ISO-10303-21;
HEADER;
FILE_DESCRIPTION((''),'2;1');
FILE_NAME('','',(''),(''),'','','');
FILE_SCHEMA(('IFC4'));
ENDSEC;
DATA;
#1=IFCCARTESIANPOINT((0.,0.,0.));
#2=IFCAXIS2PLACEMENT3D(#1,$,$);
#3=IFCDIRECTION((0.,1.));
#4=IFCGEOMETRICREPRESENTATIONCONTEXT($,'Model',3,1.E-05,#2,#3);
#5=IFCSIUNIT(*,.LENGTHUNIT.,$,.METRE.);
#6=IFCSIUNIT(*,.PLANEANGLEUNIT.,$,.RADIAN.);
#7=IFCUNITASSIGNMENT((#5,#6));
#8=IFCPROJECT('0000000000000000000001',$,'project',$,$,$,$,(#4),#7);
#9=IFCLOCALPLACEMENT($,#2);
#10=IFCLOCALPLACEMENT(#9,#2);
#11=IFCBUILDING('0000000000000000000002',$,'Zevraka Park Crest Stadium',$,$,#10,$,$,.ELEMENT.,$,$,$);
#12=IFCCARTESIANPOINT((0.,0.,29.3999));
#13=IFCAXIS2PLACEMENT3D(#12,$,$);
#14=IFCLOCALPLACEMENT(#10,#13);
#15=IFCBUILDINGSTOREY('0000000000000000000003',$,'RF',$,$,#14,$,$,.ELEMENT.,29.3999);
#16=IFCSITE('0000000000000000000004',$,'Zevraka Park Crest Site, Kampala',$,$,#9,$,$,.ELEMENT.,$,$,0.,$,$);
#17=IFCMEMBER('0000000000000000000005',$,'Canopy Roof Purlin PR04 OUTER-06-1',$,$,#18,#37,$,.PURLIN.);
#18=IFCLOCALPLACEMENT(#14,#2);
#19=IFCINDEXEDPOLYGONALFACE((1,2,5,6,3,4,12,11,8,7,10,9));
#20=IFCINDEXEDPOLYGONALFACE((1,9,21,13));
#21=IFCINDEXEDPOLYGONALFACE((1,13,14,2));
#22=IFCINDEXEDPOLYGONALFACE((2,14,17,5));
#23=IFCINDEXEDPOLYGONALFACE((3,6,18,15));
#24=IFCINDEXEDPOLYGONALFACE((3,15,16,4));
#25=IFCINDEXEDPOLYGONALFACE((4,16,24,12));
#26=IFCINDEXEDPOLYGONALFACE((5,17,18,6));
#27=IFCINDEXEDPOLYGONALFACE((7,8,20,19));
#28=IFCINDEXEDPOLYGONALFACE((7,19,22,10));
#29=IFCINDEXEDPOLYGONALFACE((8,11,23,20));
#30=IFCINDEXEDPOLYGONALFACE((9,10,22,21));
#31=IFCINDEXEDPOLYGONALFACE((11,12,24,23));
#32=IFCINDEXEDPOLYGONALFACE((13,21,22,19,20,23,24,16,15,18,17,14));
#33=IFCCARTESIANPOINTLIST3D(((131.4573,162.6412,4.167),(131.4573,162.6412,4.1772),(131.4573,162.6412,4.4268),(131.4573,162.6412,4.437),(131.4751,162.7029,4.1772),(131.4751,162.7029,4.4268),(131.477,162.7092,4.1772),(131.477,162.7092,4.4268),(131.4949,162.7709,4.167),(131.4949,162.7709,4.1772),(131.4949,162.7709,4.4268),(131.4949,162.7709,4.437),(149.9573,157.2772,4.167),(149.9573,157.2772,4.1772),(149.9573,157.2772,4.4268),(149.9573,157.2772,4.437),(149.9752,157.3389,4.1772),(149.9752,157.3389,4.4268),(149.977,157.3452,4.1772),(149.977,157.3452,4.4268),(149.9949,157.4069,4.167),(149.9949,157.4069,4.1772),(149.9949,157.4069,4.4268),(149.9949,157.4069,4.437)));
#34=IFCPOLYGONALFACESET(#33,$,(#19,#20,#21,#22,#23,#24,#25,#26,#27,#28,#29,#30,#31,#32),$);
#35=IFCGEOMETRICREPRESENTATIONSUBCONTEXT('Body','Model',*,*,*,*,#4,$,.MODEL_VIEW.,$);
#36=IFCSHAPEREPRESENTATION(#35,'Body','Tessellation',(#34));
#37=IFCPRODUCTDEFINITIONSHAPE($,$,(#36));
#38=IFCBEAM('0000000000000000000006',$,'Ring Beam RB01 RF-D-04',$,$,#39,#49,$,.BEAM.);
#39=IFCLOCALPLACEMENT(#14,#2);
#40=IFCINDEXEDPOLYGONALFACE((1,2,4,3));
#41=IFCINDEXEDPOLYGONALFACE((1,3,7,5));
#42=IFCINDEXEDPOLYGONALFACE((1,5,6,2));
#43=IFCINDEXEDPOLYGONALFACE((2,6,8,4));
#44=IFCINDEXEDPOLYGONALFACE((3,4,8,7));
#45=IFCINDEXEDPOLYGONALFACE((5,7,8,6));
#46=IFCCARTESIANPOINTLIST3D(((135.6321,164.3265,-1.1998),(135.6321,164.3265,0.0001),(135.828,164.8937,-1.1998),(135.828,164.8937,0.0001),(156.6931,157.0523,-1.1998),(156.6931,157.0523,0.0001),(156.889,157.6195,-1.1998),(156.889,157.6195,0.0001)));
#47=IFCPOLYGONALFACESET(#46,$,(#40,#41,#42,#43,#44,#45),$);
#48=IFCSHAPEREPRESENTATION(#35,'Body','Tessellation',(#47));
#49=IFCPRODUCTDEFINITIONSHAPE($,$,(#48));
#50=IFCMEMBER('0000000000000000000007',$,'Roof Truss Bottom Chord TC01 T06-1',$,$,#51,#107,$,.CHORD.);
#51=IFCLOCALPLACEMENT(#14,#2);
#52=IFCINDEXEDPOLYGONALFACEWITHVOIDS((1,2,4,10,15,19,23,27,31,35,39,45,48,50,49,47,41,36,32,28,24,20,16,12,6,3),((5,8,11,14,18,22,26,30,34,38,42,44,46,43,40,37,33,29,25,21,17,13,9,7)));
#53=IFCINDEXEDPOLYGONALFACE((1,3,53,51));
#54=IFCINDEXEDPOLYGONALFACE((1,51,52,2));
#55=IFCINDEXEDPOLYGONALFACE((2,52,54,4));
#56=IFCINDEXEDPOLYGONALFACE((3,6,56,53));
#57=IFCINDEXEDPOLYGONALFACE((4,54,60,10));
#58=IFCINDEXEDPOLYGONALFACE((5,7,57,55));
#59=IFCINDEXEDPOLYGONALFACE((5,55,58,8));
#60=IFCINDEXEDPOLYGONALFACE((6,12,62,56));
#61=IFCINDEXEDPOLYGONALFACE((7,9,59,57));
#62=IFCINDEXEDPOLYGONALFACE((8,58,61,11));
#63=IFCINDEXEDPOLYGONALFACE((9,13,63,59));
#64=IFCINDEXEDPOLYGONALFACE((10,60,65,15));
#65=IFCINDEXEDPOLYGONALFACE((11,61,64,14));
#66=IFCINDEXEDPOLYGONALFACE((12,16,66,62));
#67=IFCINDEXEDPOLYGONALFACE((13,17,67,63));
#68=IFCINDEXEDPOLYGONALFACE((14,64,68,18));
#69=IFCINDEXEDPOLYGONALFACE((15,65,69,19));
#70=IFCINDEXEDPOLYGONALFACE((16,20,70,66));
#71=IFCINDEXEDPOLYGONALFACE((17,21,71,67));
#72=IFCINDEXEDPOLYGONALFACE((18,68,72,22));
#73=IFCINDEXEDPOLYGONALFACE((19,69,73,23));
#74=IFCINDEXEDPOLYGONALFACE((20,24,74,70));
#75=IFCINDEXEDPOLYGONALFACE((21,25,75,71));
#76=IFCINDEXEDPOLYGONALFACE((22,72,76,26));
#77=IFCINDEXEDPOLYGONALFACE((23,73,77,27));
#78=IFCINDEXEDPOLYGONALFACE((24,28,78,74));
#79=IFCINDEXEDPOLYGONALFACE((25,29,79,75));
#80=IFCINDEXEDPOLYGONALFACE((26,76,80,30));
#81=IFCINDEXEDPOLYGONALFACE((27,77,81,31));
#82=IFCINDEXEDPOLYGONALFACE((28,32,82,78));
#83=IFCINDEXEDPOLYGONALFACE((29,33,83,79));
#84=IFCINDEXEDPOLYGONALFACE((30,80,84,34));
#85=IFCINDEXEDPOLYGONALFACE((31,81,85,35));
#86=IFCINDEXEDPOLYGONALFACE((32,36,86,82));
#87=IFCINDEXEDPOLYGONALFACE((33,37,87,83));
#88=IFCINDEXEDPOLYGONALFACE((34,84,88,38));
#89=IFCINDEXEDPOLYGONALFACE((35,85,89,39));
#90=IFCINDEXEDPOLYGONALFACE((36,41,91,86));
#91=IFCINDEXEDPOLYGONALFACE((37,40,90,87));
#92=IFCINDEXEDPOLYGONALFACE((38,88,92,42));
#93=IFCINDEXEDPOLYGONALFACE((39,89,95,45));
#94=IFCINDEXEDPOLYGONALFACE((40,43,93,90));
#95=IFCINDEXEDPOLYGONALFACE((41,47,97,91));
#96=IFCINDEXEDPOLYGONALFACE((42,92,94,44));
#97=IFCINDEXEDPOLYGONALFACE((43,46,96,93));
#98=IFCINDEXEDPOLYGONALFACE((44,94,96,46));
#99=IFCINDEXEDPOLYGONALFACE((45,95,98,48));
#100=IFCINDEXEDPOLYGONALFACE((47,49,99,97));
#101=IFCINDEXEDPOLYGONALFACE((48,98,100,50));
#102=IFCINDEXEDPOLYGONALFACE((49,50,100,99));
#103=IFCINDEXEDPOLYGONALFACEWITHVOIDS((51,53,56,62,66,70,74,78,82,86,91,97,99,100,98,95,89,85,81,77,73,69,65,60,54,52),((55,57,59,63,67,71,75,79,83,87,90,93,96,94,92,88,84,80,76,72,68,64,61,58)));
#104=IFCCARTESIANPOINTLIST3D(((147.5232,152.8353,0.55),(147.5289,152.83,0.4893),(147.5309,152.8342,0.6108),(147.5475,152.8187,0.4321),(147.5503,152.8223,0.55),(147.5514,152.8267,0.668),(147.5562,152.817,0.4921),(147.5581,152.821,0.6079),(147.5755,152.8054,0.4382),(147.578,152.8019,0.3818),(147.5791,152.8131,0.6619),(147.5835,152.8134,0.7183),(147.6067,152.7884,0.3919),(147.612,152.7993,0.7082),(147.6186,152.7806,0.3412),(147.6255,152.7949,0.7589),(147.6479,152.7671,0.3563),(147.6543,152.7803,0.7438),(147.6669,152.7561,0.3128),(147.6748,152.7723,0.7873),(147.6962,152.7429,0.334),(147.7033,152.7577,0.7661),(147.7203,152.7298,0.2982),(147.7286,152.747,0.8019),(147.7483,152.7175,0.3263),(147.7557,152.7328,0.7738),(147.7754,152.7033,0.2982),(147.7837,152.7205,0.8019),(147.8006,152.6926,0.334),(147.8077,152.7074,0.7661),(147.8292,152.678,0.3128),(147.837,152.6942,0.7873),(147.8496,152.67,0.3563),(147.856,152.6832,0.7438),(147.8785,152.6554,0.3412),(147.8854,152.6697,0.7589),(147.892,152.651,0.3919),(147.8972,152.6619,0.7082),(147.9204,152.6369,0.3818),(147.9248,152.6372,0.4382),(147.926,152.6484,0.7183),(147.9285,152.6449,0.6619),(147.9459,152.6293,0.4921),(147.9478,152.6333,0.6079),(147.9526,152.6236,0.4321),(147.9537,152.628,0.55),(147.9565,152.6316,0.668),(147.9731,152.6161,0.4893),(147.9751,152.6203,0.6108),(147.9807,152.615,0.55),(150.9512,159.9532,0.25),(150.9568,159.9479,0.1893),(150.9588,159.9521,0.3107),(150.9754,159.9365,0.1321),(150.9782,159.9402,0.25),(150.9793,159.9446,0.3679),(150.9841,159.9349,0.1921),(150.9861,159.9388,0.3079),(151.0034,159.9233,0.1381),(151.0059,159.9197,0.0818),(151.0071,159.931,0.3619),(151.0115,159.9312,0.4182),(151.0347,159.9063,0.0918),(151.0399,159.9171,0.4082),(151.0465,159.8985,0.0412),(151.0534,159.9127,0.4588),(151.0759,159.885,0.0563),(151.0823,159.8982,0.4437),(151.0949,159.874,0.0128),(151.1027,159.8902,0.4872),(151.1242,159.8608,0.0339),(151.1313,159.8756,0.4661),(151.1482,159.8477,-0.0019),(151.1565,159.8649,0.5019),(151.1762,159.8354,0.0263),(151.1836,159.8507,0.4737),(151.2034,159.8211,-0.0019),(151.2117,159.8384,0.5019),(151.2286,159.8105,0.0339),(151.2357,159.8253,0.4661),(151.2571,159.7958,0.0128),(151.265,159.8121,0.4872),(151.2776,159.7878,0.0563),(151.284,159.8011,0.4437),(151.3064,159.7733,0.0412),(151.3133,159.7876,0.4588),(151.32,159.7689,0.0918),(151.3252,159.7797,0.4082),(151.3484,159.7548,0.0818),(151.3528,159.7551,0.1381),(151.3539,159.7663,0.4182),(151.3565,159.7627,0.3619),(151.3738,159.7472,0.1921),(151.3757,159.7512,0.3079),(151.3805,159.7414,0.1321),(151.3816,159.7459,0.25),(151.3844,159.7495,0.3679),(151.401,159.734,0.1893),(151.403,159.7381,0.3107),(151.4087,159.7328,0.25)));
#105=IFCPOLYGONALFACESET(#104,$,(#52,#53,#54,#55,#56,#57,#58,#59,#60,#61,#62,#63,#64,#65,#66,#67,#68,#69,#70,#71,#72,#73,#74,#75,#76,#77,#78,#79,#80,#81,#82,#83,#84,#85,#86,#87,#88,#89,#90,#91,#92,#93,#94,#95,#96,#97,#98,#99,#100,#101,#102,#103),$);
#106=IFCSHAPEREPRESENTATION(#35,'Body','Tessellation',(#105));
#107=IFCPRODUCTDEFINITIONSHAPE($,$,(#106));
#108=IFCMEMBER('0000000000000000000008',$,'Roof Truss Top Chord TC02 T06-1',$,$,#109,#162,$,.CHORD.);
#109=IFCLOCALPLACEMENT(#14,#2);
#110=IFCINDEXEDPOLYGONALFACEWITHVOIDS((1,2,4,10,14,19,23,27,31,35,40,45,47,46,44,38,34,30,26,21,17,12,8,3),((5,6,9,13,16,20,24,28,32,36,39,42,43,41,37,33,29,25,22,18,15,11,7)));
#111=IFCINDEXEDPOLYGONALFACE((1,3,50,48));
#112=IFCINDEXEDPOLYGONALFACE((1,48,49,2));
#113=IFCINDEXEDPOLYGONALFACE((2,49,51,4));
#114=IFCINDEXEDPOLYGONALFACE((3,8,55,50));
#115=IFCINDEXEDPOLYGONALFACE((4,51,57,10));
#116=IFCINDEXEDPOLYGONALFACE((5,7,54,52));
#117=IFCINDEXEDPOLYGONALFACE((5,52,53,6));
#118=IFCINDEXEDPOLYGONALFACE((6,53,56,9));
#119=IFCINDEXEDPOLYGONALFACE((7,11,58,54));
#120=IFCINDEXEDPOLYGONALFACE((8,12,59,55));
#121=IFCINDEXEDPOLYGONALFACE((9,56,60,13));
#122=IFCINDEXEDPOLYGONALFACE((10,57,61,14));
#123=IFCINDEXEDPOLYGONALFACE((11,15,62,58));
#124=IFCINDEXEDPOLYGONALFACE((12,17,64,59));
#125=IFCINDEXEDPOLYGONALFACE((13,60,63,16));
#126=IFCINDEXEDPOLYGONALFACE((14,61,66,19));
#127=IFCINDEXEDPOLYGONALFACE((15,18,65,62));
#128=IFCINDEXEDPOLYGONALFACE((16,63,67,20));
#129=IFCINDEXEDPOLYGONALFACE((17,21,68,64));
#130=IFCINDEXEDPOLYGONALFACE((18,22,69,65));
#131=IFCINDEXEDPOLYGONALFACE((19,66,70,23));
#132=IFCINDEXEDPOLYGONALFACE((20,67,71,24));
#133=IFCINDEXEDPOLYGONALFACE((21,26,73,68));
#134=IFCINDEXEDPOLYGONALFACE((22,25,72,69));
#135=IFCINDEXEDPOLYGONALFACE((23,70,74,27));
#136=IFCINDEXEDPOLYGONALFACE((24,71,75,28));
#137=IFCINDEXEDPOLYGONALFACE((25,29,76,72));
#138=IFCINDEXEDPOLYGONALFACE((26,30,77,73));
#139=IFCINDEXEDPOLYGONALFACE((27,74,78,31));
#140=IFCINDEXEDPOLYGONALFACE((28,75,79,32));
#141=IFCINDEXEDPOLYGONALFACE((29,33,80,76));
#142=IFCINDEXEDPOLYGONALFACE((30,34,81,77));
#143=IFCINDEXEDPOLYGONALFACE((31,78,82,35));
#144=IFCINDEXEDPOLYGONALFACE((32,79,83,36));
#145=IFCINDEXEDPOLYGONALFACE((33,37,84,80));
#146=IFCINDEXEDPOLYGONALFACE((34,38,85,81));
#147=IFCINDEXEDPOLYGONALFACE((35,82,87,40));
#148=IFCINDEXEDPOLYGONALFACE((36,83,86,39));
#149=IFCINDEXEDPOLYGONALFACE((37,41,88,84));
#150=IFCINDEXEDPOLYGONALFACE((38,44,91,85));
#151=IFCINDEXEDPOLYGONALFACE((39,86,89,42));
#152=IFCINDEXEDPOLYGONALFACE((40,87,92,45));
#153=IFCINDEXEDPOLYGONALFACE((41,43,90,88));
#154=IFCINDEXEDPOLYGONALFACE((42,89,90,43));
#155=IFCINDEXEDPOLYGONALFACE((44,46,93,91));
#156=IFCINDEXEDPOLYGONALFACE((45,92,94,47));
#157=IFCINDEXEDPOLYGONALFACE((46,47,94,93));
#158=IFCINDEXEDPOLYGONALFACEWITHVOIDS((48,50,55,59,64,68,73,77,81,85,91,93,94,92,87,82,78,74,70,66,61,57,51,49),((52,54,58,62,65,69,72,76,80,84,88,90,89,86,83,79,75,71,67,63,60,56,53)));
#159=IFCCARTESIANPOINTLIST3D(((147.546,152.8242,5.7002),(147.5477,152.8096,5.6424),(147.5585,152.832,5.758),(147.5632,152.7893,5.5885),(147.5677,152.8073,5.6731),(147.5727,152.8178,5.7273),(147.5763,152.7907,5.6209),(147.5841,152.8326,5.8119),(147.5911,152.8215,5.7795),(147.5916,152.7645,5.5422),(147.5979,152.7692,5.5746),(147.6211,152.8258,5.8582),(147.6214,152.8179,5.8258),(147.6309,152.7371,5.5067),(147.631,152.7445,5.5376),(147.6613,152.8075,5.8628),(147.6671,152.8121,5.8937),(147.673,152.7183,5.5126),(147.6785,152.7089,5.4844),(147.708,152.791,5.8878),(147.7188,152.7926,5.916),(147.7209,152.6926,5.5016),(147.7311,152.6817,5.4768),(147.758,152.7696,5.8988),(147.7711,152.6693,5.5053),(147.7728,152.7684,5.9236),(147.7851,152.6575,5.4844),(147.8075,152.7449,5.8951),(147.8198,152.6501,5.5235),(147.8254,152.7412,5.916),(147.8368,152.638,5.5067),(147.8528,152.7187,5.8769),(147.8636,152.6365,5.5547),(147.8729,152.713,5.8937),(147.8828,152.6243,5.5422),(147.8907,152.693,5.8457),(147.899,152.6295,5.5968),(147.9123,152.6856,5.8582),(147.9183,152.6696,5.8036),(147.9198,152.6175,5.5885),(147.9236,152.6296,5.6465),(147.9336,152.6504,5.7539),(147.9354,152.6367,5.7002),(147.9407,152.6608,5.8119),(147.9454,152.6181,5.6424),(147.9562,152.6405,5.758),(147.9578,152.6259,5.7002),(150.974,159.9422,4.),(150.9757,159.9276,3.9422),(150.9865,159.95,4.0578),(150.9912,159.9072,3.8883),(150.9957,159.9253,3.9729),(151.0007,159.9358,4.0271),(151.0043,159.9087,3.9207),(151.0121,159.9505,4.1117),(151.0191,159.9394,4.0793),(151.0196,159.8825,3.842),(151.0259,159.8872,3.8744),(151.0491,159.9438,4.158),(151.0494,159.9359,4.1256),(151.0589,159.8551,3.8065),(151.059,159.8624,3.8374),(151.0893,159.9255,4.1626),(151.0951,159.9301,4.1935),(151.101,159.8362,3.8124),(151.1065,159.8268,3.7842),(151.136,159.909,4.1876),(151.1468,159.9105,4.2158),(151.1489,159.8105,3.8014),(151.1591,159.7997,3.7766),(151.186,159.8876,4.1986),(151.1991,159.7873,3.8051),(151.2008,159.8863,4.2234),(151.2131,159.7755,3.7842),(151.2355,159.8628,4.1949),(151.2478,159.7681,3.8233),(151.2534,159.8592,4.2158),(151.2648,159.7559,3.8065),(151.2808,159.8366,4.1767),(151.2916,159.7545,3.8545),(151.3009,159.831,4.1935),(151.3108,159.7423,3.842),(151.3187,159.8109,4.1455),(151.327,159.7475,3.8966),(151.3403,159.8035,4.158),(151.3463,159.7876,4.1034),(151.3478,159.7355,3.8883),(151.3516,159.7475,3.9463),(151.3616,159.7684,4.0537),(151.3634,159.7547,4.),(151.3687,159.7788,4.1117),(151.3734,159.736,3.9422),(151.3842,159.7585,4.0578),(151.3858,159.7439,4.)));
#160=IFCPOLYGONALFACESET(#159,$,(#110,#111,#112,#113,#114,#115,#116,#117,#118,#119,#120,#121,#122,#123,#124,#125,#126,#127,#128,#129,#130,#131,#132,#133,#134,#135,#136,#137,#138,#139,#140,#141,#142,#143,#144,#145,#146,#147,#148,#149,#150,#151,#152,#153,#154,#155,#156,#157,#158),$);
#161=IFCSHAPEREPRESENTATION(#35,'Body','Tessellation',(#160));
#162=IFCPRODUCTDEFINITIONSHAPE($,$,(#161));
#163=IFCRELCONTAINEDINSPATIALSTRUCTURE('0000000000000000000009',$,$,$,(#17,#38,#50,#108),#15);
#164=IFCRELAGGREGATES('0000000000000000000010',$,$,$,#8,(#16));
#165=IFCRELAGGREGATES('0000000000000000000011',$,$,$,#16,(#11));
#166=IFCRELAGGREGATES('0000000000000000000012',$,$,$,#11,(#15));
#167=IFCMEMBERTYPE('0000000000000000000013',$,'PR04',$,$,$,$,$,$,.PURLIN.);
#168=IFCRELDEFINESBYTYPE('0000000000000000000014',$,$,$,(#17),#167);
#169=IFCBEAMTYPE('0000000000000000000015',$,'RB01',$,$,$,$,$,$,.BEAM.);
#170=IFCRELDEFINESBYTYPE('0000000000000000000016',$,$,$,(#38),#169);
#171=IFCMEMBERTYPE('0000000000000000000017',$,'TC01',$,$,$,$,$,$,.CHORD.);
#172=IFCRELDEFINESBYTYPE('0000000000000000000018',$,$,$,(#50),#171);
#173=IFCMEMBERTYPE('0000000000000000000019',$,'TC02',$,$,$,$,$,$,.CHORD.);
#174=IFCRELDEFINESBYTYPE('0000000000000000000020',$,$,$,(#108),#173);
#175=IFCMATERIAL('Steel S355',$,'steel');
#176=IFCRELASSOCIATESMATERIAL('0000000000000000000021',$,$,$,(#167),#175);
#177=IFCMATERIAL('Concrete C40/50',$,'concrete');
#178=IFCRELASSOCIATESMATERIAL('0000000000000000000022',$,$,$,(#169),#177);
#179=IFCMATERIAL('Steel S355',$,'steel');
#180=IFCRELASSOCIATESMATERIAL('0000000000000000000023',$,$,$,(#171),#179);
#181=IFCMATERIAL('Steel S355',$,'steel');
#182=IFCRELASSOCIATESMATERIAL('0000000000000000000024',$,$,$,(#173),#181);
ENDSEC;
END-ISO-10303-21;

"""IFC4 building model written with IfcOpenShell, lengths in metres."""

from ifc_helpers import new_model, si_unit, direction, frame, origin, origin_2d, place, context, subcontext, project, spatial, rectangle, hollow_circle, i_section, extrude, material, material_profile, profile_set, type_object, element, save


model = new_model("IFC4")

# Units and contexts
model_context = context("Model", 3, precision=1e-05, world=origin(), true_north=direction((0.0, 1.0)))
body_context = subcontext(model_context, "Body", "Model", "MODEL_VIEW")
ifc_project = project(units=[si_unit("LENGTHUNIT", "METRE"), si_unit("PLANEANGLEUNIT", "RADIAN")], contexts=[model_context])

# Site, building, storey
site_placement = place(None, origin())
site = spatial("IfcSite", under=ifc_project, at=site_placement, Name="Zevraka Park Crest Site, Kampala", CompositionType="ELEMENT", RefElevation=0.0)
building_placement = place(site_placement, origin())
building = spatial("IfcBuilding", under=site, at=building_placement, Name="Zevraka Park Crest Stadium", CompositionType="ELEMENT")
storey_placement = place(building_placement, frame((0.0, 0.0, 29.3999)))
storey = spatial("IfcBuildingStorey", under=building, at=storey_placement, Name="RF", CompositionType="ELEMENT", Elevation=29.3999)

# Member
ifc_material_1 = material(Name="Steel S355", Category="steel")
ifc_material_profile_1 = material_profile(ifc_material_1, i_section(OverallWidth=0.135, OverallDepth=0.27, WebThickness=0.0066, FlangeThickness=0.0103, at=origin_2d()), Name="IPE 270")
ifc_profile_set_1 = profile_set([ifc_material_profile_1], Name="Steel S355")
member_type_1 = type_object("IfcMemberType", Name="PR04", PredefinedType="PURLIN", material=ifc_profile_set_1)
member_1_placement = place(storey_placement, frame((149.9761, 157.342, 4.302), z_axis=(-0.960443, 0.278477, 0.0), x_axis=(-0.278477, -0.960443, 0.0)))
element("IfcMember", 1, at=member_1_placement, inside=storey, type_object=member_type_1, Name="Canopy Roof Purlin PR04 OUTER-06-1", PredefinedType="PURLIN", context=body_context, shape_type="SweptSolid", body=[
    extrude(i_section(OverallWidth=0.135, OverallDepth=0.27, WebThickness=0.0066, FlangeThickness=0.0103, at=origin_2d()), origin(), (0.0, 0.0, 1.0), 19.262),
])

# Beam
ifc_material_2 = material(Name="Concrete C40/50", Category="concrete")
ifc_material_profile_2 = material_profile(ifc_material_2, rectangle(XDim=0.6001, YDim=1.2, at=origin_2d()), Name="RC 1200x600")
ifc_profile_set_2 = profile_set([ifc_material_profile_2], Name="Concrete C40/50")
beam_type = type_object("IfcBeamType", Name="RB01", PredefinedType="BEAM", material=ifc_profile_set_2)
beam_placement = place(storey_placement, frame((156.791, 157.3359, -0.5999), z_axis=(-0.94521, 0.326462, 0.0), x_axis=(-0.326462, -0.94521, 0.0)))
element("IfcBeam", 2, at=beam_placement, inside=storey, type_object=beam_type, Name="Ring Beam RB01 RF-D-04", PredefinedType="BEAM", context=body_context, shape_type="SweptSolid", body=[
    extrude(rectangle(XDim=0.6001, YDim=1.2, at=origin_2d()), origin(), (0.0, 0.0, 1.0), 22.2817),
])

# Members
ifc_material_3 = material(Name="Steel S355", Category="steel")
ifc_material_profile_3 = material_profile(ifc_material_3, hollow_circle(Radius=0.2539, WallThickness=0.03, at=origin_2d()), Name="CHS 508.0x30")
ifc_profile_set_3 = profile_set([ifc_material_profile_3], Name="Steel S355")
member_type_2 = type_object("IfcMemberType", Name="TC01", PredefinedType="CHORD", material=ifc_profile_set_3)
member_2_placement = place(storey_placement, frame((151.1799, 159.843, 0.25), z_axis=(-0.433589, -0.900311, 0.037952), x_axis=(0.900961, -0.433901, 0.0)))
element("IfcMember", 3, at=member_2_placement, inside=storey, type_object=member_type_2, Name="Roof Truss Bottom Chord TC01 T06-1", PredefinedType="CHORD", context=body_context, shape_type="SweptSolid", body=[
    extrude(hollow_circle(Radius=0.2539, WallThickness=0.03, at=origin_2d()), origin(), (0.0, 0.0, 1.0), 7.906),
])
ifc_material_4 = material(Name="Steel S355", Category="steel")
ifc_material_profile_4 = material_profile(ifc_material_4, hollow_circle(Radius=0.2285, WallThickness=0.0249, at=origin_2d()), Name="CHS 457.0x25")
ifc_profile_set_4 = profile_set([ifc_material_profile_4], Name="Steel S355")
member_type_3 = type_object("IfcMemberType", Name="TC02", PredefinedType="CHORD", material=ifc_profile_set_4)
member_3_placement = place(storey_placement, frame((151.1799, 159.843, 4.0), z_axis=(-0.42419, -0.880795, 0.210388), x_axis=(0.900961, -0.433901, 0.0)))
element("IfcMember", 4, at=member_3_placement, inside=storey, type_object=member_type_3, Name="Roof Truss Top Chord TC02 T06-1", PredefinedType="CHORD", context=body_context, shape_type="SweptSolid", body=[
    extrude(hollow_circle(Radius=0.2285, WallThickness=0.0249, at=origin_2d()), origin(), (0.0, 0.0, 1.0), 8.0813),
])

save(model, "model.ifc")
